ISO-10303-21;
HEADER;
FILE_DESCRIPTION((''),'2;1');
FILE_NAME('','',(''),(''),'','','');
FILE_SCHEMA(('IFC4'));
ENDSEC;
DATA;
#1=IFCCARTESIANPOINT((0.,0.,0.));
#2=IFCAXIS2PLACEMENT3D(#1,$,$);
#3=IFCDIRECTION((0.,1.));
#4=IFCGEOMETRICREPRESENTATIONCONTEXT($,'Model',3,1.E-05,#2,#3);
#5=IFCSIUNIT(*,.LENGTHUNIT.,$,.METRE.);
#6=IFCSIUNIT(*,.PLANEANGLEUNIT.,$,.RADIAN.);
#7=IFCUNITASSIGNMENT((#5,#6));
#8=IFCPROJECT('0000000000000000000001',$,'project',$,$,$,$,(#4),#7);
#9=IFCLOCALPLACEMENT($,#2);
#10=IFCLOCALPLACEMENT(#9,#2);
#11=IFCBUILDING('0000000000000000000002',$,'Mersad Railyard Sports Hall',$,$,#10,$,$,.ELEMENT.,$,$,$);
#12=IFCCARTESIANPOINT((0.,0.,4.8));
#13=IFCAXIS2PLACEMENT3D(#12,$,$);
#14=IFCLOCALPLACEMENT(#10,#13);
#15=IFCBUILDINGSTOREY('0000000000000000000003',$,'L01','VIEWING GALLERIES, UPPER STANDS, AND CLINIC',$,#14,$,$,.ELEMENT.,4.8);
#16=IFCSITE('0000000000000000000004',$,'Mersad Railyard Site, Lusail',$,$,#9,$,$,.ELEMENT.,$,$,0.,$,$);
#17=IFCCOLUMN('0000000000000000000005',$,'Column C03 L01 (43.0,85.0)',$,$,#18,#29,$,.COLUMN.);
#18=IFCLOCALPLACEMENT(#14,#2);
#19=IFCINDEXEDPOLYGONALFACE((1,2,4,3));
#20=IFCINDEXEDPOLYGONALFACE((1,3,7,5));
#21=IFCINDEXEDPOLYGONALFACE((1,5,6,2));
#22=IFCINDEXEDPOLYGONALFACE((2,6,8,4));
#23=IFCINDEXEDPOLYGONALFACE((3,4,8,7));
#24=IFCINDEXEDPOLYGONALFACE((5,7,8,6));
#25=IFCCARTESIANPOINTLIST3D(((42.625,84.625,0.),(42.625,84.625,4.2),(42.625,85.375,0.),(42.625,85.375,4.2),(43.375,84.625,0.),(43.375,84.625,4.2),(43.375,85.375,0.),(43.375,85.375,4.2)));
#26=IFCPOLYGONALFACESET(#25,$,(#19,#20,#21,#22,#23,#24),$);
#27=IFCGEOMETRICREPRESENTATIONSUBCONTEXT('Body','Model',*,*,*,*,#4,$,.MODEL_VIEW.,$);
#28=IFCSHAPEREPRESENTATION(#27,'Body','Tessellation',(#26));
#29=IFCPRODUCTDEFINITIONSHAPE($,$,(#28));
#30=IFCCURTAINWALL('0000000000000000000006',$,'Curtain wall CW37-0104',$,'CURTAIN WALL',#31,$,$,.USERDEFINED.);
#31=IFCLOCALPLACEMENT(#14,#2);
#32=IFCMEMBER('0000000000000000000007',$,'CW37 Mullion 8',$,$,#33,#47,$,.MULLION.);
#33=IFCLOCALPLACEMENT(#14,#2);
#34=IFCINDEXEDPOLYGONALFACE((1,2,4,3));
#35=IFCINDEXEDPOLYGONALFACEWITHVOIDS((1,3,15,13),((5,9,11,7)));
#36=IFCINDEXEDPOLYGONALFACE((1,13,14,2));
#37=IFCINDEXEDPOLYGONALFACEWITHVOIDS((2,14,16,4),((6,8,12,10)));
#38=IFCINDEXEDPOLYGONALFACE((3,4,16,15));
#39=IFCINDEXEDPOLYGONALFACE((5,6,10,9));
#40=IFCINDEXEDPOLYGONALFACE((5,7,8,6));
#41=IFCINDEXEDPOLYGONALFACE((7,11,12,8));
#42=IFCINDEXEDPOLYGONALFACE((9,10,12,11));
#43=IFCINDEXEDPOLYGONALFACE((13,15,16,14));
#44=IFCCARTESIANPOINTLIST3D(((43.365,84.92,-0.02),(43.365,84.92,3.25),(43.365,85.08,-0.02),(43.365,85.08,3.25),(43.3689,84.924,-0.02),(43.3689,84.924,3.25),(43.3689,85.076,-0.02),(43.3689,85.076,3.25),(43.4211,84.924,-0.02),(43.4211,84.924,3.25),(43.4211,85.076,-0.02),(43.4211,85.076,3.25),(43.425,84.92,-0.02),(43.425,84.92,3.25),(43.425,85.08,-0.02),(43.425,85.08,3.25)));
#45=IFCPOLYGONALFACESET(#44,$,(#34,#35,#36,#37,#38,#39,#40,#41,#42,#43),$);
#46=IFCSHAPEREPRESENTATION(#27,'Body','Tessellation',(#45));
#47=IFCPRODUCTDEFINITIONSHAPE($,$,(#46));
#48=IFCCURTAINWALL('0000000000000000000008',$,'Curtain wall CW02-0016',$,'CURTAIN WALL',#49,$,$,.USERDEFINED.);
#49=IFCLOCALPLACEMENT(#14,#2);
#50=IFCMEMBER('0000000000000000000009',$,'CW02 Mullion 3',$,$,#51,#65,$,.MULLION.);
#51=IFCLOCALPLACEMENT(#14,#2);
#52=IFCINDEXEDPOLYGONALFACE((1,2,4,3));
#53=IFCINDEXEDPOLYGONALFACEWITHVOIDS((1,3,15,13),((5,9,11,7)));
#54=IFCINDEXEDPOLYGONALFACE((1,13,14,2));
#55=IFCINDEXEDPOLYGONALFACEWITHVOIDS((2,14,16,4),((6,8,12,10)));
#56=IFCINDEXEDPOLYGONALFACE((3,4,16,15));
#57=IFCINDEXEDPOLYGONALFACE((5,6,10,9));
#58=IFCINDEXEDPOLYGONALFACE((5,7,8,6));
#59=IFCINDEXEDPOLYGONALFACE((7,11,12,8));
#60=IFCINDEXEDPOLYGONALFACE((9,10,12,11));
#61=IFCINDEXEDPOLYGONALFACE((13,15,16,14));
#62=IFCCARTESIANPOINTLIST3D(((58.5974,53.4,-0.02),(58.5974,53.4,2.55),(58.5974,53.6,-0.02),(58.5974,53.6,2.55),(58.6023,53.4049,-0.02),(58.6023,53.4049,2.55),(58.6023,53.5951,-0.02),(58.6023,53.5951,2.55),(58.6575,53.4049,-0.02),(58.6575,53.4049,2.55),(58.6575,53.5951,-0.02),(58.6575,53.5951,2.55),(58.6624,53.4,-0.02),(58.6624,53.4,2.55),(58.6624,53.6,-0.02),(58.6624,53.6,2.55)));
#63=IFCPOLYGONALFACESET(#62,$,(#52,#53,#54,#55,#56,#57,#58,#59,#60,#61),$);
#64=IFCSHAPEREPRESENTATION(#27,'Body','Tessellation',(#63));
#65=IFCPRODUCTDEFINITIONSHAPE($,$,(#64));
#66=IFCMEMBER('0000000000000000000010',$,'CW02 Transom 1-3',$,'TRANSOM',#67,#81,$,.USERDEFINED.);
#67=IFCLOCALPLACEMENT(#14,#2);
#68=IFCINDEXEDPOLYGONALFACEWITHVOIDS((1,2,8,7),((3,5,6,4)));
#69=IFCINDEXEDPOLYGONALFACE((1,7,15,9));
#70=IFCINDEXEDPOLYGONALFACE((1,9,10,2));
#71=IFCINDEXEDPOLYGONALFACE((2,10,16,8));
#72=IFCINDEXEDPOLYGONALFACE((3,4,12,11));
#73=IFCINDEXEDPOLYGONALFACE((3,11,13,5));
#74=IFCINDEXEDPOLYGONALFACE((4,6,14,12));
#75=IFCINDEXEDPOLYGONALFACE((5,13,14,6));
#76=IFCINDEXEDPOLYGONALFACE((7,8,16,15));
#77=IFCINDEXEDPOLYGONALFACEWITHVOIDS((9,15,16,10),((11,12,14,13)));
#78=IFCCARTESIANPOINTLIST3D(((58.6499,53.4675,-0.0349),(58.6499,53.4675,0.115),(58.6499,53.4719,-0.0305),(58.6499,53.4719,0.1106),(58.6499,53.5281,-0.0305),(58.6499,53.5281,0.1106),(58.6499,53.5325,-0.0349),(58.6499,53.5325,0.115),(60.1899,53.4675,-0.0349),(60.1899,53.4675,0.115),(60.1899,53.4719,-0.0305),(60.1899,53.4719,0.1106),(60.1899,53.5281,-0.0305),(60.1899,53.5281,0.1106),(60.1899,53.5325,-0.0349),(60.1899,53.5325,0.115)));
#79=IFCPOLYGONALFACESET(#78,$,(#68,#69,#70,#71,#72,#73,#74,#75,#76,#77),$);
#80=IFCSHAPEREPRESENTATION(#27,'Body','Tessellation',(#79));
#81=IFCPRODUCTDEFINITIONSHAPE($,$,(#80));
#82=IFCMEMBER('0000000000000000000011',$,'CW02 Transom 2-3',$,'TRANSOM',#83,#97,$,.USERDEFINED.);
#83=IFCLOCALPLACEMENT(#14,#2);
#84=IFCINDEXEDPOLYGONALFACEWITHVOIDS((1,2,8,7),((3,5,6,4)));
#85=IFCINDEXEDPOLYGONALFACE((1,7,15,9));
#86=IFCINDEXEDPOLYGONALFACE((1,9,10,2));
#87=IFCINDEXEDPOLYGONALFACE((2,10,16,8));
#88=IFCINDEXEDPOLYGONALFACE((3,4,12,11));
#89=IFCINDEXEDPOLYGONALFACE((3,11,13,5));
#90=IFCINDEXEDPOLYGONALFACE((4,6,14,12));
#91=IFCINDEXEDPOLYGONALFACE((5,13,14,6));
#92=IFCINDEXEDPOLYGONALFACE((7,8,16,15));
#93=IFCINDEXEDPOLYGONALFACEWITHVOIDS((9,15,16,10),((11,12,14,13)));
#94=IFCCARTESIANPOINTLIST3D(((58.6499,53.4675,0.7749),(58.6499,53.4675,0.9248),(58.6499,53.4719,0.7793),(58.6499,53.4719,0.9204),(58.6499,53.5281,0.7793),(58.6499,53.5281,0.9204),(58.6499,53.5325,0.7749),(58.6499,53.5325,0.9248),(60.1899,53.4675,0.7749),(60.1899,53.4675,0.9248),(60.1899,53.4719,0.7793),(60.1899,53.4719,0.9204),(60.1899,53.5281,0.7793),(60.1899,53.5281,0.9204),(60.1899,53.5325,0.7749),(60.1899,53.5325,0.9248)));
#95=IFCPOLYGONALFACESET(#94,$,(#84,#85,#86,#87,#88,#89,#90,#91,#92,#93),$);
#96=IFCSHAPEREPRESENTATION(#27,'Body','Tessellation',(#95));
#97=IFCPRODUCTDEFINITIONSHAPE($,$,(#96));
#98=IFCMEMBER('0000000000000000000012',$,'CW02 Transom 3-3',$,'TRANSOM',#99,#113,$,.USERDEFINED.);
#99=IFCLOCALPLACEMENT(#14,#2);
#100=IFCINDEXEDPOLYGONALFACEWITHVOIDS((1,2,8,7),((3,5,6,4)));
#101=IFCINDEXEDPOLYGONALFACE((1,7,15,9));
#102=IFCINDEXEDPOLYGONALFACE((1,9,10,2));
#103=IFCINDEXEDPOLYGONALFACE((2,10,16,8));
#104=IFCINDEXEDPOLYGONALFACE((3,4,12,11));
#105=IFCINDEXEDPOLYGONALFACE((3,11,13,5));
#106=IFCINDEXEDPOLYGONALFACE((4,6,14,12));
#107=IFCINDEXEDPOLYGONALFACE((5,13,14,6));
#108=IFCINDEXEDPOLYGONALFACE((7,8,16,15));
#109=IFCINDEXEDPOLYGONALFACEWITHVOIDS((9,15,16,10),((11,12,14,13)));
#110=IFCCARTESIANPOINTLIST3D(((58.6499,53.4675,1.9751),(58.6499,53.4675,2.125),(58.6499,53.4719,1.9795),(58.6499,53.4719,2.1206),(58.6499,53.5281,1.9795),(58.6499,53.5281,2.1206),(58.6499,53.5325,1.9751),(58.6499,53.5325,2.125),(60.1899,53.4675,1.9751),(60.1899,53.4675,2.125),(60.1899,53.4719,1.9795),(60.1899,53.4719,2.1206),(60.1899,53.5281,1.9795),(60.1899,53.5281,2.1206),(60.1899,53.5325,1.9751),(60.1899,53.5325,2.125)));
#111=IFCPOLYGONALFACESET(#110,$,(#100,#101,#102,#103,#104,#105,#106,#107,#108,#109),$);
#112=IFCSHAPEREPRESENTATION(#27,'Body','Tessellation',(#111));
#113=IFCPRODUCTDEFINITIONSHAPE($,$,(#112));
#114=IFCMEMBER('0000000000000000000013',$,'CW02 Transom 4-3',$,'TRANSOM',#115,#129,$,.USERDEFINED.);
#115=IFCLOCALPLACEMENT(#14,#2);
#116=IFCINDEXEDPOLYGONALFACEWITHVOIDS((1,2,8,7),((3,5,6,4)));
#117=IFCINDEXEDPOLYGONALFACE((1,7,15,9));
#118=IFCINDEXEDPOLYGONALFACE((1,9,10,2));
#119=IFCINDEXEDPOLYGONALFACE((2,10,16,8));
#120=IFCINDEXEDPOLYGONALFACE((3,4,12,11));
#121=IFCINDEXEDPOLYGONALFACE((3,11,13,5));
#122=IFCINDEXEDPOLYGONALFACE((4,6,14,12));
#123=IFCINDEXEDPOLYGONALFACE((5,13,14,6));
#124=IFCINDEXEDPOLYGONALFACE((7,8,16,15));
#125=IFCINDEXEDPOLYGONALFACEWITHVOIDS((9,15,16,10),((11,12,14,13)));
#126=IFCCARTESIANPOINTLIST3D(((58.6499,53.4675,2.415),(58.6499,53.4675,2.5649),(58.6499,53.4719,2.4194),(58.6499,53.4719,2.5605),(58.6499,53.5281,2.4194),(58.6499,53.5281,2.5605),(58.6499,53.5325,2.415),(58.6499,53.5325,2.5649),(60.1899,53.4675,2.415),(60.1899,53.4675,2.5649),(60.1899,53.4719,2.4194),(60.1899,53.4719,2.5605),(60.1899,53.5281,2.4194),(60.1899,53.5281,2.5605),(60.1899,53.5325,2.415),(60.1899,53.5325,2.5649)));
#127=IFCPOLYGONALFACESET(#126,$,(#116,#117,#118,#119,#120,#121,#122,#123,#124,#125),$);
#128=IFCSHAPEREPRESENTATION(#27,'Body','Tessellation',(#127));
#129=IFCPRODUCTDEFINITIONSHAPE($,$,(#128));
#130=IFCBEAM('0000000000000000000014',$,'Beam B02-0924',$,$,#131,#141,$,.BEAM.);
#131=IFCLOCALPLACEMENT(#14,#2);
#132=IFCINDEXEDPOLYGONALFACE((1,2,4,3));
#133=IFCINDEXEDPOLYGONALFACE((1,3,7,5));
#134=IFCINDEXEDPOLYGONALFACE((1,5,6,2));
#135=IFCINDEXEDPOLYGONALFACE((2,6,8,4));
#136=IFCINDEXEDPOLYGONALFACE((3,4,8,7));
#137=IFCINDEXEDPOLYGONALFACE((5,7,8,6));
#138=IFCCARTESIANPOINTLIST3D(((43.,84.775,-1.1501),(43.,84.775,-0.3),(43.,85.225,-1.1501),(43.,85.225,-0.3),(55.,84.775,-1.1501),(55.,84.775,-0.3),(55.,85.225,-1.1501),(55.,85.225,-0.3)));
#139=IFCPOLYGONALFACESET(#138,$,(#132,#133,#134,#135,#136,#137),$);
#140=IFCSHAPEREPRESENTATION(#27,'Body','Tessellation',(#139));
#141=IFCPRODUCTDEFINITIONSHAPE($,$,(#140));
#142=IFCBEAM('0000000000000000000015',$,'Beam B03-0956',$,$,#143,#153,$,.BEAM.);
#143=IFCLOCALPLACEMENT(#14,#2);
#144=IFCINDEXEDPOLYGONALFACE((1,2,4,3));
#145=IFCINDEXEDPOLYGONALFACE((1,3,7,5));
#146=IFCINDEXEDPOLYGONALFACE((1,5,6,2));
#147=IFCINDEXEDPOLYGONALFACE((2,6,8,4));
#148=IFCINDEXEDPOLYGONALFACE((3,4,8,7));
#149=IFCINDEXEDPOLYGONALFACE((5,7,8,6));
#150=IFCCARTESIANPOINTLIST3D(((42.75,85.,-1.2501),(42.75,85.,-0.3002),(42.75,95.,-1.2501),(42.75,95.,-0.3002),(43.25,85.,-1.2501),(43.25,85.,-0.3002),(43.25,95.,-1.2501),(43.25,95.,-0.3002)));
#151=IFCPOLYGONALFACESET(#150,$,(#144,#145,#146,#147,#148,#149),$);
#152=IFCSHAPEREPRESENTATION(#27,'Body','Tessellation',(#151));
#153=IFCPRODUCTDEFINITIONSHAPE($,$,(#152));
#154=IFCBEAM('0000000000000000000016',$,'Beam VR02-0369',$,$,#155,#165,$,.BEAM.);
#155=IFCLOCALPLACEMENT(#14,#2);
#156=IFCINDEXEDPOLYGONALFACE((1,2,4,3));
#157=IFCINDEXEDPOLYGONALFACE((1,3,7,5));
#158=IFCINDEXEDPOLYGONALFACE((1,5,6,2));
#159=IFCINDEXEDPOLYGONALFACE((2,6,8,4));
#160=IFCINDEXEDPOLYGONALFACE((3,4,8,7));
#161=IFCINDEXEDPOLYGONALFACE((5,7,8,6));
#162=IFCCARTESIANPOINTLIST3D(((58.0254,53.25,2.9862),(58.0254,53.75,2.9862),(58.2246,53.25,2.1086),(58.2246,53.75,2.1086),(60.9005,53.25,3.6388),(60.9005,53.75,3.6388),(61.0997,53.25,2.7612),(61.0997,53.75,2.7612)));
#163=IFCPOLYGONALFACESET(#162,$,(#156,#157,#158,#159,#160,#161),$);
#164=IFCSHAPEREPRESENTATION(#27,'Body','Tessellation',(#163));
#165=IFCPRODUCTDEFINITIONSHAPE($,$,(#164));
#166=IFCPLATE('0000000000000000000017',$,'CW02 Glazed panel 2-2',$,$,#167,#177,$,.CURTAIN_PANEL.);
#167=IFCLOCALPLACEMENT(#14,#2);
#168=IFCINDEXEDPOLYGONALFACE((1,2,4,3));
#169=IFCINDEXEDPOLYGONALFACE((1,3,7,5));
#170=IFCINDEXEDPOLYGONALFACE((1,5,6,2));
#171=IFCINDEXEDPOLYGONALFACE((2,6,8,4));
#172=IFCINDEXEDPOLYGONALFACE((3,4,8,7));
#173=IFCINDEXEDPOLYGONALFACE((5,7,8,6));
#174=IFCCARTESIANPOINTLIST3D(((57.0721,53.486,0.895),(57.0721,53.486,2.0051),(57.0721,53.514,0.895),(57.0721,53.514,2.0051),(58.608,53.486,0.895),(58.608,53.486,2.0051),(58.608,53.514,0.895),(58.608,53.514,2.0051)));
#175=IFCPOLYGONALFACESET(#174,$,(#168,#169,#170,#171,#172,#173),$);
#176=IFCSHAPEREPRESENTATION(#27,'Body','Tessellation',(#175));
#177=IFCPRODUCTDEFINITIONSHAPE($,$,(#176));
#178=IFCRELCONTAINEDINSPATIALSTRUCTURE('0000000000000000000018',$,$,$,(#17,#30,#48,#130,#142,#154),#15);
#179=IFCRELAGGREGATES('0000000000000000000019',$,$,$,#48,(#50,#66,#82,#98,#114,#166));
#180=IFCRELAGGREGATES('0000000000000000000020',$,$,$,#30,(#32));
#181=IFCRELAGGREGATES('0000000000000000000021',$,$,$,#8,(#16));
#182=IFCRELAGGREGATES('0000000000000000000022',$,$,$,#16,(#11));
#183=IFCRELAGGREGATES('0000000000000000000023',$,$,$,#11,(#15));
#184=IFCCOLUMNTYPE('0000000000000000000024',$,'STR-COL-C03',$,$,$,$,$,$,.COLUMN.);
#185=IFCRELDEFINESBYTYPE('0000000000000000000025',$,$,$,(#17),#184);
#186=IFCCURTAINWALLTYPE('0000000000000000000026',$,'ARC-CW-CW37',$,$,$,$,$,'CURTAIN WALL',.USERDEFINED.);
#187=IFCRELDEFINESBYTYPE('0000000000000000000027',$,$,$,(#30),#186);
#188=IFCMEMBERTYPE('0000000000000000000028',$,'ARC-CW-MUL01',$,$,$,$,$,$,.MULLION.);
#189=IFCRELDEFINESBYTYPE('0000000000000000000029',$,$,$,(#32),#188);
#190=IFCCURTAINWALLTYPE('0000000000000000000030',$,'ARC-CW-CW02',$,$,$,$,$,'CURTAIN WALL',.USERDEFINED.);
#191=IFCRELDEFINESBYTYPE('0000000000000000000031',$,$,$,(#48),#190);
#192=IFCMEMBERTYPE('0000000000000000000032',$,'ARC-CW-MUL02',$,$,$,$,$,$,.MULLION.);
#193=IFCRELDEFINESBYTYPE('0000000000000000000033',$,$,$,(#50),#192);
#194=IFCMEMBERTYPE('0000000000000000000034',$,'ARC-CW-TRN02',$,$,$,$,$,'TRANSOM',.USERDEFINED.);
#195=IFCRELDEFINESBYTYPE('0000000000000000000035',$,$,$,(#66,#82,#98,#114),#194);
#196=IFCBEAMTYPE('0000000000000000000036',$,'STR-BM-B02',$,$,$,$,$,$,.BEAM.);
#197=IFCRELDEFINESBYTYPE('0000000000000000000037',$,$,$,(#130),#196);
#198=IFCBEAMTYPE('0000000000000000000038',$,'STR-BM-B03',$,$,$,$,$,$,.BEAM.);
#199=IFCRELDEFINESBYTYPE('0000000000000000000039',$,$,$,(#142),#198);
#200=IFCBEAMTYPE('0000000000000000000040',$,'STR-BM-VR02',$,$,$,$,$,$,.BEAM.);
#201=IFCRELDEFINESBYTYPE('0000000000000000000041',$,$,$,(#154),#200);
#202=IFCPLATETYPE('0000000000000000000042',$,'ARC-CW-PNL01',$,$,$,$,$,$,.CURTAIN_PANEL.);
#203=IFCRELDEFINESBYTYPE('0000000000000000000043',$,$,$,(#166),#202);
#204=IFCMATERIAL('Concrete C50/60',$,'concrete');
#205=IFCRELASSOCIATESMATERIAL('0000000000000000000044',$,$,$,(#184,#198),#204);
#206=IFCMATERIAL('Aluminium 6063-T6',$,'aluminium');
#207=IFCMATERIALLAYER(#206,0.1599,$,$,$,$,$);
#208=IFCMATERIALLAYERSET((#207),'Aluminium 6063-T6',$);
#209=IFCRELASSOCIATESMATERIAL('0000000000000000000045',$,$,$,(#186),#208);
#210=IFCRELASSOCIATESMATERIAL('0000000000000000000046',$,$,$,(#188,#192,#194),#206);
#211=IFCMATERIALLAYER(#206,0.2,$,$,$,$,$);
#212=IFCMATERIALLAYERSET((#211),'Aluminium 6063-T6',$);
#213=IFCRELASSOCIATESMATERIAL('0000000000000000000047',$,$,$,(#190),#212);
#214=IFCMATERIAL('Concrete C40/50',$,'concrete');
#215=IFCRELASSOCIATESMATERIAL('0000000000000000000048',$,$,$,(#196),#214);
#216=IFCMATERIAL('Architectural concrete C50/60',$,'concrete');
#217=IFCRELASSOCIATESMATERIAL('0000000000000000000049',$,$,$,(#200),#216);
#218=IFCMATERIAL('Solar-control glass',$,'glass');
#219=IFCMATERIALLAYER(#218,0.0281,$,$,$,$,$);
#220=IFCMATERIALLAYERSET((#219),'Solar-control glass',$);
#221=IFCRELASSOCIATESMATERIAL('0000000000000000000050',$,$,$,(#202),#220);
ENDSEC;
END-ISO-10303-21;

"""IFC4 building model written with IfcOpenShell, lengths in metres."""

from ifc_helpers import new_model, si_unit, direction, frame, origin, origin_2d, place, context, subcontext, project, spatial, rectangle, hollow_rectangle, extrude, material, layer, layer_set, material_profile, profile_set, type_object, element, aggregate, save


model = new_model("IFC4")

# Units and contexts
model_context = context("Model", 3, precision=1e-05, world=origin(), true_north=direction((0.0, 1.0)))
body_context = subcontext(model_context, "Body", "Model", "MODEL_VIEW")
ifc_project = project(units=[si_unit("LENGTHUNIT", "METRE"), si_unit("PLANEANGLEUNIT", "RADIAN")], contexts=[model_context])

# Site, building, storey
site_placement = place(None, origin())
site = spatial("IfcSite", under=ifc_project, at=site_placement, Name="Mersad Railyard Site, Lusail", CompositionType="ELEMENT", RefElevation=0.0)
building_placement = place(site_placement, origin())
building = spatial("IfcBuilding", under=site, at=building_placement, Name="Mersad Railyard Sports Hall", CompositionType="ELEMENT")
storey_placement = place(building_placement, frame((0.0, 0.0, 4.8)))
storey = spatial("IfcBuildingStorey", under=building, at=storey_placement, Name="L01", Description="VIEWING GALLERIES, UPPER STANDS, AND CLINIC", CompositionType="ELEMENT", Elevation=4.8)

# Column
ifc_material_1 = material(Name="Concrete C50/60", Category="concrete")
ifc_material_profile_1 = material_profile(ifc_material_1, rectangle(XDim=0.75, YDim=0.75, at=origin_2d()), Name="RC 750x750")
ifc_profile_set_1 = profile_set([ifc_material_profile_1], Name="Concrete C50/60")
column_type = type_object("IfcColumnType", Name="STR-COL-C03", PredefinedType="COLUMN", material=ifc_profile_set_1)
column_placement = place(storey_placement, frame((43.0, 85.0, 0.0), z_axis=(0.0, 0.0, 1.0), x_axis=(1.0, 0.0, 0.0)))
element("IfcColumn", 1, at=column_placement, inside=storey, type_object=column_type, Name="Column C03 L01 (43.0,85.0)", PredefinedType="COLUMN", context=body_context, shape_type="SweptSolid", body=[
    extrude(rectangle(XDim=0.75, YDim=0.75, at=origin_2d()), origin(), (0.0, 0.0, 1.0), 4.2),
])

# Curtain wall, member
ifc_material_2 = material(Name="Aluminium 6063-T6", Category="aluminium")
ifc_layer_1 = layer(ifc_material_2, 0.1599)
ifc_layer_set_1 = layer_set([ifc_layer_1], Name="Aluminium 6063-T6")
curtain_wall_type_1 = type_object("IfcCurtainWallType", Name="ARC-CW-CW37", ElementType="CURTAIN WALL", PredefinedType="USERDEFINED", material=ifc_layer_set_1)
curtain_wall_1_placement = place(storey_placement, origin())
curtain_wall_1 = element("IfcCurtainWall", 2, at=curtain_wall_1_placement, inside=storey, type_object=curtain_wall_type_1, Name="Curtain wall CW37-0104", ObjectType="CURTAIN WALL", PredefinedType="USERDEFINED")
ifc_material_profile_2 = material_profile(ifc_material_2, hollow_rectangle(XDim=0.0601, YDim=0.1599, WallThickness=0.0039, at=origin_2d()), Name="AL MULLION 60x160x4")
ifc_profile_set_2 = profile_set([ifc_material_profile_2], Name="Aluminium 6063-T6")
member_type_1 = type_object("IfcMemberType", Name="ARC-CW-MUL01", PredefinedType="MULLION", material=ifc_profile_set_2)
member_1_placement = place(storey_placement, frame((43.395, 85.0, -0.02), z_axis=(0.0, 0.0, 1.0), x_axis=(1.0, 0.0, 0.0)))
member_1 = element("IfcMember", 3, at=member_1_placement, type_object=member_type_1, Name="CW37 Mullion 8", PredefinedType="MULLION", context=body_context, shape_type="SweptSolid", body=[
    extrude(hollow_rectangle(XDim=0.0601, YDim=0.1599, WallThickness=0.0039, at=origin_2d()), origin(), (0.0, 0.0, 1.0), 3.27),
])

# Curtain wall, members
ifc_layer_2 = layer(ifc_material_2, 0.2)
ifc_layer_set_2 = layer_set([ifc_layer_2], Name="Aluminium 6063-T6")
curtain_wall_type_2 = type_object("IfcCurtainWallType", Name="ARC-CW-CW02", ElementType="CURTAIN WALL", PredefinedType="USERDEFINED", material=ifc_layer_set_2)
curtain_wall_2_placement = place(storey_placement, origin())
curtain_wall_2 = element("IfcCurtainWall", 4, at=curtain_wall_2_placement, inside=storey, type_object=curtain_wall_type_2, Name="Curtain wall CW02-0016", ObjectType="CURTAIN WALL", PredefinedType="USERDEFINED")
ifc_material_profile_3 = material_profile(ifc_material_2, hollow_rectangle(XDim=0.0649, YDim=0.2, WallThickness=0.0049, at=origin_2d()), Name="AL MULLION 65x200x5")
ifc_profile_set_3 = profile_set([ifc_material_profile_3], Name="Aluminium 6063-T6")
member_type_2 = type_object("IfcMemberType", Name="ARC-CW-MUL02", PredefinedType="MULLION", material=ifc_profile_set_3)
member_2_placement = place(storey_placement, frame((58.6299, 53.5, -0.02), z_axis=(0.0, 0.0, 1.0), x_axis=(1.0, 0.0, 0.0)))
member_2 = element("IfcMember", 5, at=member_2_placement, type_object=member_type_2, Name="CW02 Mullion 3", PredefinedType="MULLION", context=body_context, shape_type="SweptSolid", body=[
    extrude(hollow_rectangle(XDim=0.0649, YDim=0.2, WallThickness=0.0049, at=origin_2d()), origin(), (0.0, 0.0, 1.0), 2.5701),
])
ifc_material_profile_4 = material_profile(ifc_material_2, hollow_rectangle(XDim=0.0649, YDim=0.1499, WallThickness=0.0044, at=origin_2d()), Name="AL TRANSOM 65x150x4.5")
ifc_profile_set_4 = profile_set([ifc_material_profile_4], Name="Aluminium 6063-T6")
member_type_3 = type_object("IfcMemberType", Name="ARC-CW-TRN02", ElementType="TRANSOM", PredefinedType="USERDEFINED", material=ifc_profile_set_4)
member_3_placement = place(storey_placement, frame((58.6499, 53.5, 0.04), z_axis=(1.0, 0.0, 0.0), x_axis=(0.0, 1.0, 0.0)))
member_3 = element("IfcMember", 6, at=member_3_placement, type_object=member_type_3, Name="CW02 Transom 1-3", ObjectType="TRANSOM", PredefinedType="USERDEFINED", context=body_context, shape_type="SweptSolid", body=[
    extrude(hollow_rectangle(XDim=0.0649, YDim=0.1499, WallThickness=0.0044, at=origin_2d()), origin(), (0.0, 0.0, 1.0), 1.54),
])
member_4_placement = place(storey_placement, frame((58.6499, 53.5, 0.8499), z_axis=(1.0, 0.0, 0.0), x_axis=(0.0, 1.0, 0.0)))
member_4 = element("IfcMember", 7, at=member_4_placement, type_object=member_type_3, Name="CW02 Transom 2-3", ObjectType="TRANSOM", PredefinedType="USERDEFINED", context=body_context, shape_type="SweptSolid", body=[
    extrude(hollow_rectangle(XDim=0.0649, YDim=0.1499, WallThickness=0.0044, at=origin_2d()), origin(), (0.0, 0.0, 1.0), 1.54),
])
member_5_placement = place(storey_placement, frame((58.6499, 53.5, 2.05), z_axis=(1.0, 0.0, 0.0), x_axis=(0.0, 1.0, 0.0)))
member_5 = element("IfcMember", 8, at=member_5_placement, type_object=member_type_3, Name="CW02 Transom 3-3", ObjectType="TRANSOM", PredefinedType="USERDEFINED", context=body_context, shape_type="SweptSolid", body=[
    extrude(hollow_rectangle(XDim=0.0649, YDim=0.1499, WallThickness=0.0044, at=origin_2d()), origin(), (0.0, 0.0, 1.0), 1.54),
])
member_6_placement = place(storey_placement, frame((58.6499, 53.5, 2.49), z_axis=(1.0, 0.0, 0.0), x_axis=(0.0, 1.0, 0.0)))
member_6 = element("IfcMember", 9, at=member_6_placement, type_object=member_type_3, Name="CW02 Transom 4-3", ObjectType="TRANSOM", PredefinedType="USERDEFINED", context=body_context, shape_type="SweptSolid", body=[
    extrude(hollow_rectangle(XDim=0.0649, YDim=0.1499, WallThickness=0.0044, at=origin_2d()), origin(), (0.0, 0.0, 1.0), 1.54),
])

# Beams
ifc_material_3 = material(Name="Concrete C40/50", Category="concrete")
ifc_material_profile_5 = material_profile(ifc_material_3, rectangle(XDim=0.45, YDim=0.8501, at=origin_2d()), Name="RC 450x850")
ifc_profile_set_5 = profile_set([ifc_material_profile_5], Name="Concrete C40/50")
beam_type_1 = type_object("IfcBeamType", Name="STR-BM-B02", PredefinedType="BEAM", material=ifc_profile_set_5)
beam_1_placement = place(storey_placement, frame((43.0, 85.0, -0.7251), z_axis=(1.0, 0.0, 0.0), x_axis=(0.0, 1.0, 0.0)))
element("IfcBeam", 10, at=beam_1_placement, inside=storey, type_object=beam_type_1, Name="Beam B02-0924", PredefinedType="BEAM", context=body_context, shape_type="SweptSolid", body=[
    extrude(rectangle(XDim=0.45, YDim=0.8501, at=origin_2d()), origin(), (0.0, 0.0, 1.0), 12.0),
])
ifc_material_profile_6 = material_profile(ifc_material_1, rectangle(XDim=0.5, YDim=0.95, at=origin_2d()), Name="RC 500x950")
ifc_profile_set_6 = profile_set([ifc_material_profile_6], Name="Concrete C50/60")
beam_type_2 = type_object("IfcBeamType", Name="STR-BM-B03", PredefinedType="BEAM", material=ifc_profile_set_6)
beam_2_placement = place(storey_placement, frame((43.0, 85.0, -0.7751), z_axis=(0.0, 1.0, 0.0), x_axis=(-1.0, 0.0, 0.0)))
element("IfcBeam", 11, at=beam_2_placement, inside=storey, type_object=beam_type_2, Name="Beam B03-0956", PredefinedType="BEAM", context=body_context, shape_type="SweptSolid", body=[
    extrude(rectangle(XDim=0.5, YDim=0.95, at=origin_2d()), origin(), (0.0, 0.0, 1.0), 10.0),
])
ifc_material_4 = material(Name="Architectural concrete C50/60", Category="concrete")
ifc_material_profile_7 = material_profile(ifc_material_4, rectangle(XDim=0.5, YDim=0.8999, at=origin_2d()), Name="VR 500x900")
ifc_profile_set_7 = profile_set([ifc_material_profile_7], Name="Architectural concrete C50/60")
beam_type_3 = type_object("IfcBeamType", Name="STR-BM-VR02", PredefinedType="BEAM", material=ifc_profile_set_7)
beam_3_placement = place(storey_placement, frame((58.125, 53.5, 2.5474), z_axis=(0.975193, 0.0, 0.221356), x_axis=(0.0, 1.0, 0.0)))
element("IfcBeam", 12, at=beam_3_placement, inside=storey, type_object=beam_type_3, Name="Beam VR02-0369", PredefinedType="BEAM", context=body_context, shape_type="SweptSolid", body=[
    extrude(rectangle(XDim=0.5, YDim=0.8999, at=origin_2d()), origin(), (0.0, 0.0, 1.0), 2.9482),
])

# Plate
ifc_material_5 = material(Name="Solar-control glass", Category="glass")
ifc_layer_3 = layer(ifc_material_5, 0.0281)
ifc_layer_set_3 = layer_set([ifc_layer_3], Name="Solar-control glass")
plate_type = type_object("IfcPlateType", Name="ARC-CW-PNL01", PredefinedType="CURTAIN_PANEL", material=ifc_layer_set_3)
plate_1_placement = place(storey_placement, frame((57.8401, 53.5, 0.895), z_axis=(0.0, 0.0, 1.0), x_axis=(1.0, 0.0, 0.0)))
plate_1 = element("IfcPlate", 13, at=plate_1_placement, type_object=plate_type, Name="CW02 Glazed panel 2-2", PredefinedType="CURTAIN_PANEL", context=body_context, shape_type="SweptSolid", body=[
    extrude(rectangle(XDim=1.5359, YDim=0.0281, at=origin_2d()), origin(), (0.0, 0.0, 1.0), 1.1101),
])
aggregate(curtain_wall_2, [member_2, member_3, member_4, member_5, member_6, plate_1])
aggregate(curtain_wall_1, [member_1])

save(model, "model.ifc")
